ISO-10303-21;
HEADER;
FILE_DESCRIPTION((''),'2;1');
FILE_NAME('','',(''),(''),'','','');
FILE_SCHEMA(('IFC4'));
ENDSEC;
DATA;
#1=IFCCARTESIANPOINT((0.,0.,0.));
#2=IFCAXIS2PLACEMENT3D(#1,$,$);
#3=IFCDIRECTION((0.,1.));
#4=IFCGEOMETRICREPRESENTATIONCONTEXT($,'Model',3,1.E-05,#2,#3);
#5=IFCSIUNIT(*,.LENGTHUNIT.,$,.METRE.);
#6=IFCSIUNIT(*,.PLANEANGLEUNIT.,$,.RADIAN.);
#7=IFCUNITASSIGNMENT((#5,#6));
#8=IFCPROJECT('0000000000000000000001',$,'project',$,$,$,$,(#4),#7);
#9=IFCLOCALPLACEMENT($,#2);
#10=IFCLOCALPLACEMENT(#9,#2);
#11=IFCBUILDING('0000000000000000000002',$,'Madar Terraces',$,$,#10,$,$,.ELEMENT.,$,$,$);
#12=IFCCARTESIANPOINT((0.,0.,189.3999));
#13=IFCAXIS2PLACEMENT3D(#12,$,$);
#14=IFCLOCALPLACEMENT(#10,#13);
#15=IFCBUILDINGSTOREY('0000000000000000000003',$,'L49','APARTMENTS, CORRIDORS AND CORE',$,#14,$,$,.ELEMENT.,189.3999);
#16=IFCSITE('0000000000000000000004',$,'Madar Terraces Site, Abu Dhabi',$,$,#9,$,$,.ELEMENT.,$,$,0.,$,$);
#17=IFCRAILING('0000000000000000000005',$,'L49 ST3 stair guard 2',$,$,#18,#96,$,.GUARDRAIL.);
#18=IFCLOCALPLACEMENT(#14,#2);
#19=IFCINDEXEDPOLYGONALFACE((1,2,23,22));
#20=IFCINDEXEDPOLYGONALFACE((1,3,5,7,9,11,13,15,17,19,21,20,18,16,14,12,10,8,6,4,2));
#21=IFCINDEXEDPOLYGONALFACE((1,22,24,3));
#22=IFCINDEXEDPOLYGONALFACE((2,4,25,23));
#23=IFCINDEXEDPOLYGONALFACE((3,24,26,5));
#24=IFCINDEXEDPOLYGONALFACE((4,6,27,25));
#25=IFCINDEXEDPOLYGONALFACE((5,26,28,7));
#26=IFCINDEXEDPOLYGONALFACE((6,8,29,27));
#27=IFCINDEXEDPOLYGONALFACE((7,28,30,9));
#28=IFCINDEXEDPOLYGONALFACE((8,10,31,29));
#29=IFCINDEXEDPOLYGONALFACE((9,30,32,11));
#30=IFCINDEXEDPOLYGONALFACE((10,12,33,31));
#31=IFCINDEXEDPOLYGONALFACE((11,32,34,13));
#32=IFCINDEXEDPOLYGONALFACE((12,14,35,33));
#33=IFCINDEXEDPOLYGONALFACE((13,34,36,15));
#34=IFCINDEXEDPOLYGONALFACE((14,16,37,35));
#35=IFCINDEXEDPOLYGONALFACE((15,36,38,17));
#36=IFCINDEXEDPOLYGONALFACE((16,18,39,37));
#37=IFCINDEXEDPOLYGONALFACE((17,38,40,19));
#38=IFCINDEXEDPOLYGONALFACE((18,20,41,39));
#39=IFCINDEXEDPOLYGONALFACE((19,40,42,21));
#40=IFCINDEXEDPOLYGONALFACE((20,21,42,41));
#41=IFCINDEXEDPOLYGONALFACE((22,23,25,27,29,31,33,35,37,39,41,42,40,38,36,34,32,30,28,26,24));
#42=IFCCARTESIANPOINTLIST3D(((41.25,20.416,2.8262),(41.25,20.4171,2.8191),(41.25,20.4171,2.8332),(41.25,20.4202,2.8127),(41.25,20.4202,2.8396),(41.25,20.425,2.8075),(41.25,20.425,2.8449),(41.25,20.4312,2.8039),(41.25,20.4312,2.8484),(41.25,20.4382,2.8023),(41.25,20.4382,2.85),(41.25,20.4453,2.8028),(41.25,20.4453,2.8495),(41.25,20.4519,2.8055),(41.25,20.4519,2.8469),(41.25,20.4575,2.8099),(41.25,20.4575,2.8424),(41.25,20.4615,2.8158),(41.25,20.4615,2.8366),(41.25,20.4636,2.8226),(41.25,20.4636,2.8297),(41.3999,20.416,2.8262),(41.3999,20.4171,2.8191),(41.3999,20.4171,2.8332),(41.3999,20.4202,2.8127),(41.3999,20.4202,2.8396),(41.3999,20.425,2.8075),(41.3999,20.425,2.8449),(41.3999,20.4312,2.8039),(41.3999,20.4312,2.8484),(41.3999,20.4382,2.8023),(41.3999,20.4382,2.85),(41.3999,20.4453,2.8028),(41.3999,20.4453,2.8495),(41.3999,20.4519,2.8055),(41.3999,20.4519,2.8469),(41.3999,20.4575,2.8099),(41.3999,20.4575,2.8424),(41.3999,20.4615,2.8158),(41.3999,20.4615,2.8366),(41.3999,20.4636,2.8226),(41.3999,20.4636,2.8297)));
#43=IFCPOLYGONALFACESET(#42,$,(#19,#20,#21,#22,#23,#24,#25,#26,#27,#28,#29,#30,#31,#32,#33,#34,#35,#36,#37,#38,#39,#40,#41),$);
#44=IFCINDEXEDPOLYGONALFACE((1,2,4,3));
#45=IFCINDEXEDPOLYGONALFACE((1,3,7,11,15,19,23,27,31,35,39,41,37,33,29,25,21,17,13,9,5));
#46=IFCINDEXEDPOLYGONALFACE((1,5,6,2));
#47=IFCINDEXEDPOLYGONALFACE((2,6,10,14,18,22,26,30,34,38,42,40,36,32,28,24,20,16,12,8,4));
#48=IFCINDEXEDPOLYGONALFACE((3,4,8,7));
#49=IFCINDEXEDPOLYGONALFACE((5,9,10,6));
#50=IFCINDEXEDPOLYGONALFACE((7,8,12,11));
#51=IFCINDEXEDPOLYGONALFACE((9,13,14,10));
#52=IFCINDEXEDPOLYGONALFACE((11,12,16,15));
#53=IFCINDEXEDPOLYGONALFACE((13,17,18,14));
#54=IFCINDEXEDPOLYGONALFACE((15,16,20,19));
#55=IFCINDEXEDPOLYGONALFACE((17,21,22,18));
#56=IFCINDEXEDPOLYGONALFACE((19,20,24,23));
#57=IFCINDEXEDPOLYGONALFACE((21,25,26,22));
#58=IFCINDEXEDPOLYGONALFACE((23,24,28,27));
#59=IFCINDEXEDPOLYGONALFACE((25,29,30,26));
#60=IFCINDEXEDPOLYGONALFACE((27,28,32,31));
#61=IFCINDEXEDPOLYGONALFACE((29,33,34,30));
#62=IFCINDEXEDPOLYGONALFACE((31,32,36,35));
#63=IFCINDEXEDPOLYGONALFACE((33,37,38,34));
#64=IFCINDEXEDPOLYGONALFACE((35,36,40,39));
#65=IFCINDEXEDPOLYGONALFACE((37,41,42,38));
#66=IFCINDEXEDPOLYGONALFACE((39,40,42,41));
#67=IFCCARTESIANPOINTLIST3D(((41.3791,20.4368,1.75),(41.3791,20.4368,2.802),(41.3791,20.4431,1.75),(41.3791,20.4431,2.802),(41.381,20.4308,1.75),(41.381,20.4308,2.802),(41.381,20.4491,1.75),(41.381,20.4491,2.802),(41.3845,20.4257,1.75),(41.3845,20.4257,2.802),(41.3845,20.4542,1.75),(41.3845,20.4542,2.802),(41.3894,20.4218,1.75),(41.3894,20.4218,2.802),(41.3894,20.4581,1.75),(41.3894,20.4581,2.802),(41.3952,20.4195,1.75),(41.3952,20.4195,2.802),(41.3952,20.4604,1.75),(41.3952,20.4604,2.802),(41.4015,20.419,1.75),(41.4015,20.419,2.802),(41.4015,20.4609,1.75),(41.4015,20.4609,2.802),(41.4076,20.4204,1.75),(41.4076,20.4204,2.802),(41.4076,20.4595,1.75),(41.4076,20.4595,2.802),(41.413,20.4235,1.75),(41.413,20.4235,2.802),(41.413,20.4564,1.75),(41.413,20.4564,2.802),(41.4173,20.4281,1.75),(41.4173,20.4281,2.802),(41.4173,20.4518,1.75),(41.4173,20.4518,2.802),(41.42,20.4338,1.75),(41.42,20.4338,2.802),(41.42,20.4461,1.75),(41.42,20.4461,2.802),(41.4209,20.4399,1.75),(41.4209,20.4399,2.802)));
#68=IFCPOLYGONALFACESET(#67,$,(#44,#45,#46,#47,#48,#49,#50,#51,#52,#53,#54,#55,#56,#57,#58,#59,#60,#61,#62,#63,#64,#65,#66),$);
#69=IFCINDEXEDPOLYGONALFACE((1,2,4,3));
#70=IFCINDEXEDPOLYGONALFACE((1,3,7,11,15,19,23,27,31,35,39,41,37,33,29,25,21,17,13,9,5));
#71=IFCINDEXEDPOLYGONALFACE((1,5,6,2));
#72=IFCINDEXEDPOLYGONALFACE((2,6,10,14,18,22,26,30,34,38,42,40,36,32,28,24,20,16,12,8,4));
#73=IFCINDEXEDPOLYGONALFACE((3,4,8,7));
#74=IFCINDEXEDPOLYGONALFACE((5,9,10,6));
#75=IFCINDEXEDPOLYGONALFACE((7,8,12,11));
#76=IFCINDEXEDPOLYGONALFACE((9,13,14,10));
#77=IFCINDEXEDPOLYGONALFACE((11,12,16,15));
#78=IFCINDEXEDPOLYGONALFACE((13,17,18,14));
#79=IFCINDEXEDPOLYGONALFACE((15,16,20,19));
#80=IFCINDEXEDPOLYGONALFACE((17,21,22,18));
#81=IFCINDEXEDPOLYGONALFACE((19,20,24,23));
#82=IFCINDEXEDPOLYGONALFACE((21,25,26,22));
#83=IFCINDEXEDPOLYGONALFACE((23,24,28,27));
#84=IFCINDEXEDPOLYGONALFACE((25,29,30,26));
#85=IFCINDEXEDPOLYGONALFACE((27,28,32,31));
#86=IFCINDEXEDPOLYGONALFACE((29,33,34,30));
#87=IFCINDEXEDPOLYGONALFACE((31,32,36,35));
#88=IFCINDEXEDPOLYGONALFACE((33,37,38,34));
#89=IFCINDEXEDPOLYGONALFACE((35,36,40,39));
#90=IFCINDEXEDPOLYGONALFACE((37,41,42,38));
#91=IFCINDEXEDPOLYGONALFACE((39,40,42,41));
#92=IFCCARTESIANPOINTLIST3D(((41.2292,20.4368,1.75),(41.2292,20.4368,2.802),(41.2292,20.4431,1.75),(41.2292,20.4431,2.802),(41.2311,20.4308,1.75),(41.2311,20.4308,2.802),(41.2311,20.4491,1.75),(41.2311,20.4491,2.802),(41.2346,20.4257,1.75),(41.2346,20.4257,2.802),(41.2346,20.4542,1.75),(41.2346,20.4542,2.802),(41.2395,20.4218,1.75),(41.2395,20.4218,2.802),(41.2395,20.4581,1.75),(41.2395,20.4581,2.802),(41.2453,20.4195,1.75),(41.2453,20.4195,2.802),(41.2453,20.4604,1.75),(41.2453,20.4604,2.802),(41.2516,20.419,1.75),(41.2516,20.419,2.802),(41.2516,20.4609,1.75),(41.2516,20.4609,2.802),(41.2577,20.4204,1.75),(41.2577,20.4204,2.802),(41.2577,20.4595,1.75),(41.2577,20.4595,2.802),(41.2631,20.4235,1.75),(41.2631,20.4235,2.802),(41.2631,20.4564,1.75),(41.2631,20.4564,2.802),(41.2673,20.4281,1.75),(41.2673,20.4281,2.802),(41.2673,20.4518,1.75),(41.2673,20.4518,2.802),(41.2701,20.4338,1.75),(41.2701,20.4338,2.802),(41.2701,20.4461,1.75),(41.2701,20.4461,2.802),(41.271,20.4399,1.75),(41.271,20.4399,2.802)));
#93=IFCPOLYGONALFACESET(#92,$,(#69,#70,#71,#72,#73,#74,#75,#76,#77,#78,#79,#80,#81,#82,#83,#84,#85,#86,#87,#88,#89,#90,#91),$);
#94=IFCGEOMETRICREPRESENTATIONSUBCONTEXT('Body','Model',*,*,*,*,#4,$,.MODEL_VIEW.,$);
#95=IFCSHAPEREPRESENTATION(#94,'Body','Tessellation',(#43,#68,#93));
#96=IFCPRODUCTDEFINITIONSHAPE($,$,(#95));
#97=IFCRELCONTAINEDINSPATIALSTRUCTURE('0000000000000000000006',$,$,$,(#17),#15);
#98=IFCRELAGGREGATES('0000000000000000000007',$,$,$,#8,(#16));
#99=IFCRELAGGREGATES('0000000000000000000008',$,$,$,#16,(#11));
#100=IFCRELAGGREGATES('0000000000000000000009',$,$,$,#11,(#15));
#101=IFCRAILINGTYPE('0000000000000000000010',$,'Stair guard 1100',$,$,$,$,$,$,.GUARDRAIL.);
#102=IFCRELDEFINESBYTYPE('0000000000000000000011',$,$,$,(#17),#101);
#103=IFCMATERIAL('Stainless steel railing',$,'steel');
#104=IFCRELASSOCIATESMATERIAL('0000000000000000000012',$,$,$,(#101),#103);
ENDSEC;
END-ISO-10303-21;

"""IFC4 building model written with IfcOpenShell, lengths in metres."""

from ifc_helpers import new_model, si_unit, direction, frame, origin, origin_2d, place, context, subcontext, project, spatial, circle, extrude, material, type_object, element, save


model = new_model("IFC4")

# Units and contexts
model_context = context("Model", 3, precision=1e-05, world=origin(), true_north=direction((0.0, 1.0)))
body_context = subcontext(model_context, "Body", "Model", "MODEL_VIEW")
ifc_project = project(units=[si_unit("LENGTHUNIT", "METRE"), si_unit("PLANEANGLEUNIT", "RADIAN")], contexts=[model_context])

# Site, building, storey
site_placement = place(None, origin())
site = spatial("IfcSite", under=ifc_project, at=site_placement, Name="Madar Terraces Site, Abu Dhabi", CompositionType="ELEMENT", RefElevation=0.0)
building_placement = place(site_placement, origin())
building = spatial("IfcBuilding", under=site, at=building_placement, Name="Madar Terraces", CompositionType="ELEMENT")
storey_placement = place(building_placement, frame((0.0, 0.0, 189.3999)))
storey = spatial("IfcBuildingStorey", under=building, at=storey_placement, Name="L49", Description="APARTMENTS, CORRIDORS AND CORE", CompositionType="ELEMENT", Elevation=189.3999)

# Railing
ifc_material_1 = material(Name="Stainless steel railing", Category="steel")
railing_type_1 = type_object("IfcRailingType", Name="Stair guard 1100", PredefinedType="GUARDRAIL", material=ifc_material_1)
railing_1_placement = place(storey_placement, frame((41.3999, 20.4399, 1.75)))
element("IfcRailing", 1, at=railing_1_placement, inside=storey, type_object=railing_type_1, Name="L49 ST3 stair guard 2", PredefinedType="GUARDRAIL", context=body_context, shape_type="SweptSolid", body=[
    extrude(circle(Radius=0.0239, at=origin_2d()), frame((0.0, 0.0, 1.0762), z_axis=(-1.0, 0.0, 0.0), x_axis=(0.0, -1.0, 0.0)), (0.0, 0.0, 1.0), 0.1499),
    extrude(circle(Radius=0.021, at=origin_2d()), origin(), (0.0, 0.0, 1.0), 1.052),
    extrude(circle(Radius=0.021, at=origin_2d()), frame((-0.1499, 0.0, 0.0)), (0.0, 0.0, 1.0), 1.052),
])

save(model, "model.ifc")
